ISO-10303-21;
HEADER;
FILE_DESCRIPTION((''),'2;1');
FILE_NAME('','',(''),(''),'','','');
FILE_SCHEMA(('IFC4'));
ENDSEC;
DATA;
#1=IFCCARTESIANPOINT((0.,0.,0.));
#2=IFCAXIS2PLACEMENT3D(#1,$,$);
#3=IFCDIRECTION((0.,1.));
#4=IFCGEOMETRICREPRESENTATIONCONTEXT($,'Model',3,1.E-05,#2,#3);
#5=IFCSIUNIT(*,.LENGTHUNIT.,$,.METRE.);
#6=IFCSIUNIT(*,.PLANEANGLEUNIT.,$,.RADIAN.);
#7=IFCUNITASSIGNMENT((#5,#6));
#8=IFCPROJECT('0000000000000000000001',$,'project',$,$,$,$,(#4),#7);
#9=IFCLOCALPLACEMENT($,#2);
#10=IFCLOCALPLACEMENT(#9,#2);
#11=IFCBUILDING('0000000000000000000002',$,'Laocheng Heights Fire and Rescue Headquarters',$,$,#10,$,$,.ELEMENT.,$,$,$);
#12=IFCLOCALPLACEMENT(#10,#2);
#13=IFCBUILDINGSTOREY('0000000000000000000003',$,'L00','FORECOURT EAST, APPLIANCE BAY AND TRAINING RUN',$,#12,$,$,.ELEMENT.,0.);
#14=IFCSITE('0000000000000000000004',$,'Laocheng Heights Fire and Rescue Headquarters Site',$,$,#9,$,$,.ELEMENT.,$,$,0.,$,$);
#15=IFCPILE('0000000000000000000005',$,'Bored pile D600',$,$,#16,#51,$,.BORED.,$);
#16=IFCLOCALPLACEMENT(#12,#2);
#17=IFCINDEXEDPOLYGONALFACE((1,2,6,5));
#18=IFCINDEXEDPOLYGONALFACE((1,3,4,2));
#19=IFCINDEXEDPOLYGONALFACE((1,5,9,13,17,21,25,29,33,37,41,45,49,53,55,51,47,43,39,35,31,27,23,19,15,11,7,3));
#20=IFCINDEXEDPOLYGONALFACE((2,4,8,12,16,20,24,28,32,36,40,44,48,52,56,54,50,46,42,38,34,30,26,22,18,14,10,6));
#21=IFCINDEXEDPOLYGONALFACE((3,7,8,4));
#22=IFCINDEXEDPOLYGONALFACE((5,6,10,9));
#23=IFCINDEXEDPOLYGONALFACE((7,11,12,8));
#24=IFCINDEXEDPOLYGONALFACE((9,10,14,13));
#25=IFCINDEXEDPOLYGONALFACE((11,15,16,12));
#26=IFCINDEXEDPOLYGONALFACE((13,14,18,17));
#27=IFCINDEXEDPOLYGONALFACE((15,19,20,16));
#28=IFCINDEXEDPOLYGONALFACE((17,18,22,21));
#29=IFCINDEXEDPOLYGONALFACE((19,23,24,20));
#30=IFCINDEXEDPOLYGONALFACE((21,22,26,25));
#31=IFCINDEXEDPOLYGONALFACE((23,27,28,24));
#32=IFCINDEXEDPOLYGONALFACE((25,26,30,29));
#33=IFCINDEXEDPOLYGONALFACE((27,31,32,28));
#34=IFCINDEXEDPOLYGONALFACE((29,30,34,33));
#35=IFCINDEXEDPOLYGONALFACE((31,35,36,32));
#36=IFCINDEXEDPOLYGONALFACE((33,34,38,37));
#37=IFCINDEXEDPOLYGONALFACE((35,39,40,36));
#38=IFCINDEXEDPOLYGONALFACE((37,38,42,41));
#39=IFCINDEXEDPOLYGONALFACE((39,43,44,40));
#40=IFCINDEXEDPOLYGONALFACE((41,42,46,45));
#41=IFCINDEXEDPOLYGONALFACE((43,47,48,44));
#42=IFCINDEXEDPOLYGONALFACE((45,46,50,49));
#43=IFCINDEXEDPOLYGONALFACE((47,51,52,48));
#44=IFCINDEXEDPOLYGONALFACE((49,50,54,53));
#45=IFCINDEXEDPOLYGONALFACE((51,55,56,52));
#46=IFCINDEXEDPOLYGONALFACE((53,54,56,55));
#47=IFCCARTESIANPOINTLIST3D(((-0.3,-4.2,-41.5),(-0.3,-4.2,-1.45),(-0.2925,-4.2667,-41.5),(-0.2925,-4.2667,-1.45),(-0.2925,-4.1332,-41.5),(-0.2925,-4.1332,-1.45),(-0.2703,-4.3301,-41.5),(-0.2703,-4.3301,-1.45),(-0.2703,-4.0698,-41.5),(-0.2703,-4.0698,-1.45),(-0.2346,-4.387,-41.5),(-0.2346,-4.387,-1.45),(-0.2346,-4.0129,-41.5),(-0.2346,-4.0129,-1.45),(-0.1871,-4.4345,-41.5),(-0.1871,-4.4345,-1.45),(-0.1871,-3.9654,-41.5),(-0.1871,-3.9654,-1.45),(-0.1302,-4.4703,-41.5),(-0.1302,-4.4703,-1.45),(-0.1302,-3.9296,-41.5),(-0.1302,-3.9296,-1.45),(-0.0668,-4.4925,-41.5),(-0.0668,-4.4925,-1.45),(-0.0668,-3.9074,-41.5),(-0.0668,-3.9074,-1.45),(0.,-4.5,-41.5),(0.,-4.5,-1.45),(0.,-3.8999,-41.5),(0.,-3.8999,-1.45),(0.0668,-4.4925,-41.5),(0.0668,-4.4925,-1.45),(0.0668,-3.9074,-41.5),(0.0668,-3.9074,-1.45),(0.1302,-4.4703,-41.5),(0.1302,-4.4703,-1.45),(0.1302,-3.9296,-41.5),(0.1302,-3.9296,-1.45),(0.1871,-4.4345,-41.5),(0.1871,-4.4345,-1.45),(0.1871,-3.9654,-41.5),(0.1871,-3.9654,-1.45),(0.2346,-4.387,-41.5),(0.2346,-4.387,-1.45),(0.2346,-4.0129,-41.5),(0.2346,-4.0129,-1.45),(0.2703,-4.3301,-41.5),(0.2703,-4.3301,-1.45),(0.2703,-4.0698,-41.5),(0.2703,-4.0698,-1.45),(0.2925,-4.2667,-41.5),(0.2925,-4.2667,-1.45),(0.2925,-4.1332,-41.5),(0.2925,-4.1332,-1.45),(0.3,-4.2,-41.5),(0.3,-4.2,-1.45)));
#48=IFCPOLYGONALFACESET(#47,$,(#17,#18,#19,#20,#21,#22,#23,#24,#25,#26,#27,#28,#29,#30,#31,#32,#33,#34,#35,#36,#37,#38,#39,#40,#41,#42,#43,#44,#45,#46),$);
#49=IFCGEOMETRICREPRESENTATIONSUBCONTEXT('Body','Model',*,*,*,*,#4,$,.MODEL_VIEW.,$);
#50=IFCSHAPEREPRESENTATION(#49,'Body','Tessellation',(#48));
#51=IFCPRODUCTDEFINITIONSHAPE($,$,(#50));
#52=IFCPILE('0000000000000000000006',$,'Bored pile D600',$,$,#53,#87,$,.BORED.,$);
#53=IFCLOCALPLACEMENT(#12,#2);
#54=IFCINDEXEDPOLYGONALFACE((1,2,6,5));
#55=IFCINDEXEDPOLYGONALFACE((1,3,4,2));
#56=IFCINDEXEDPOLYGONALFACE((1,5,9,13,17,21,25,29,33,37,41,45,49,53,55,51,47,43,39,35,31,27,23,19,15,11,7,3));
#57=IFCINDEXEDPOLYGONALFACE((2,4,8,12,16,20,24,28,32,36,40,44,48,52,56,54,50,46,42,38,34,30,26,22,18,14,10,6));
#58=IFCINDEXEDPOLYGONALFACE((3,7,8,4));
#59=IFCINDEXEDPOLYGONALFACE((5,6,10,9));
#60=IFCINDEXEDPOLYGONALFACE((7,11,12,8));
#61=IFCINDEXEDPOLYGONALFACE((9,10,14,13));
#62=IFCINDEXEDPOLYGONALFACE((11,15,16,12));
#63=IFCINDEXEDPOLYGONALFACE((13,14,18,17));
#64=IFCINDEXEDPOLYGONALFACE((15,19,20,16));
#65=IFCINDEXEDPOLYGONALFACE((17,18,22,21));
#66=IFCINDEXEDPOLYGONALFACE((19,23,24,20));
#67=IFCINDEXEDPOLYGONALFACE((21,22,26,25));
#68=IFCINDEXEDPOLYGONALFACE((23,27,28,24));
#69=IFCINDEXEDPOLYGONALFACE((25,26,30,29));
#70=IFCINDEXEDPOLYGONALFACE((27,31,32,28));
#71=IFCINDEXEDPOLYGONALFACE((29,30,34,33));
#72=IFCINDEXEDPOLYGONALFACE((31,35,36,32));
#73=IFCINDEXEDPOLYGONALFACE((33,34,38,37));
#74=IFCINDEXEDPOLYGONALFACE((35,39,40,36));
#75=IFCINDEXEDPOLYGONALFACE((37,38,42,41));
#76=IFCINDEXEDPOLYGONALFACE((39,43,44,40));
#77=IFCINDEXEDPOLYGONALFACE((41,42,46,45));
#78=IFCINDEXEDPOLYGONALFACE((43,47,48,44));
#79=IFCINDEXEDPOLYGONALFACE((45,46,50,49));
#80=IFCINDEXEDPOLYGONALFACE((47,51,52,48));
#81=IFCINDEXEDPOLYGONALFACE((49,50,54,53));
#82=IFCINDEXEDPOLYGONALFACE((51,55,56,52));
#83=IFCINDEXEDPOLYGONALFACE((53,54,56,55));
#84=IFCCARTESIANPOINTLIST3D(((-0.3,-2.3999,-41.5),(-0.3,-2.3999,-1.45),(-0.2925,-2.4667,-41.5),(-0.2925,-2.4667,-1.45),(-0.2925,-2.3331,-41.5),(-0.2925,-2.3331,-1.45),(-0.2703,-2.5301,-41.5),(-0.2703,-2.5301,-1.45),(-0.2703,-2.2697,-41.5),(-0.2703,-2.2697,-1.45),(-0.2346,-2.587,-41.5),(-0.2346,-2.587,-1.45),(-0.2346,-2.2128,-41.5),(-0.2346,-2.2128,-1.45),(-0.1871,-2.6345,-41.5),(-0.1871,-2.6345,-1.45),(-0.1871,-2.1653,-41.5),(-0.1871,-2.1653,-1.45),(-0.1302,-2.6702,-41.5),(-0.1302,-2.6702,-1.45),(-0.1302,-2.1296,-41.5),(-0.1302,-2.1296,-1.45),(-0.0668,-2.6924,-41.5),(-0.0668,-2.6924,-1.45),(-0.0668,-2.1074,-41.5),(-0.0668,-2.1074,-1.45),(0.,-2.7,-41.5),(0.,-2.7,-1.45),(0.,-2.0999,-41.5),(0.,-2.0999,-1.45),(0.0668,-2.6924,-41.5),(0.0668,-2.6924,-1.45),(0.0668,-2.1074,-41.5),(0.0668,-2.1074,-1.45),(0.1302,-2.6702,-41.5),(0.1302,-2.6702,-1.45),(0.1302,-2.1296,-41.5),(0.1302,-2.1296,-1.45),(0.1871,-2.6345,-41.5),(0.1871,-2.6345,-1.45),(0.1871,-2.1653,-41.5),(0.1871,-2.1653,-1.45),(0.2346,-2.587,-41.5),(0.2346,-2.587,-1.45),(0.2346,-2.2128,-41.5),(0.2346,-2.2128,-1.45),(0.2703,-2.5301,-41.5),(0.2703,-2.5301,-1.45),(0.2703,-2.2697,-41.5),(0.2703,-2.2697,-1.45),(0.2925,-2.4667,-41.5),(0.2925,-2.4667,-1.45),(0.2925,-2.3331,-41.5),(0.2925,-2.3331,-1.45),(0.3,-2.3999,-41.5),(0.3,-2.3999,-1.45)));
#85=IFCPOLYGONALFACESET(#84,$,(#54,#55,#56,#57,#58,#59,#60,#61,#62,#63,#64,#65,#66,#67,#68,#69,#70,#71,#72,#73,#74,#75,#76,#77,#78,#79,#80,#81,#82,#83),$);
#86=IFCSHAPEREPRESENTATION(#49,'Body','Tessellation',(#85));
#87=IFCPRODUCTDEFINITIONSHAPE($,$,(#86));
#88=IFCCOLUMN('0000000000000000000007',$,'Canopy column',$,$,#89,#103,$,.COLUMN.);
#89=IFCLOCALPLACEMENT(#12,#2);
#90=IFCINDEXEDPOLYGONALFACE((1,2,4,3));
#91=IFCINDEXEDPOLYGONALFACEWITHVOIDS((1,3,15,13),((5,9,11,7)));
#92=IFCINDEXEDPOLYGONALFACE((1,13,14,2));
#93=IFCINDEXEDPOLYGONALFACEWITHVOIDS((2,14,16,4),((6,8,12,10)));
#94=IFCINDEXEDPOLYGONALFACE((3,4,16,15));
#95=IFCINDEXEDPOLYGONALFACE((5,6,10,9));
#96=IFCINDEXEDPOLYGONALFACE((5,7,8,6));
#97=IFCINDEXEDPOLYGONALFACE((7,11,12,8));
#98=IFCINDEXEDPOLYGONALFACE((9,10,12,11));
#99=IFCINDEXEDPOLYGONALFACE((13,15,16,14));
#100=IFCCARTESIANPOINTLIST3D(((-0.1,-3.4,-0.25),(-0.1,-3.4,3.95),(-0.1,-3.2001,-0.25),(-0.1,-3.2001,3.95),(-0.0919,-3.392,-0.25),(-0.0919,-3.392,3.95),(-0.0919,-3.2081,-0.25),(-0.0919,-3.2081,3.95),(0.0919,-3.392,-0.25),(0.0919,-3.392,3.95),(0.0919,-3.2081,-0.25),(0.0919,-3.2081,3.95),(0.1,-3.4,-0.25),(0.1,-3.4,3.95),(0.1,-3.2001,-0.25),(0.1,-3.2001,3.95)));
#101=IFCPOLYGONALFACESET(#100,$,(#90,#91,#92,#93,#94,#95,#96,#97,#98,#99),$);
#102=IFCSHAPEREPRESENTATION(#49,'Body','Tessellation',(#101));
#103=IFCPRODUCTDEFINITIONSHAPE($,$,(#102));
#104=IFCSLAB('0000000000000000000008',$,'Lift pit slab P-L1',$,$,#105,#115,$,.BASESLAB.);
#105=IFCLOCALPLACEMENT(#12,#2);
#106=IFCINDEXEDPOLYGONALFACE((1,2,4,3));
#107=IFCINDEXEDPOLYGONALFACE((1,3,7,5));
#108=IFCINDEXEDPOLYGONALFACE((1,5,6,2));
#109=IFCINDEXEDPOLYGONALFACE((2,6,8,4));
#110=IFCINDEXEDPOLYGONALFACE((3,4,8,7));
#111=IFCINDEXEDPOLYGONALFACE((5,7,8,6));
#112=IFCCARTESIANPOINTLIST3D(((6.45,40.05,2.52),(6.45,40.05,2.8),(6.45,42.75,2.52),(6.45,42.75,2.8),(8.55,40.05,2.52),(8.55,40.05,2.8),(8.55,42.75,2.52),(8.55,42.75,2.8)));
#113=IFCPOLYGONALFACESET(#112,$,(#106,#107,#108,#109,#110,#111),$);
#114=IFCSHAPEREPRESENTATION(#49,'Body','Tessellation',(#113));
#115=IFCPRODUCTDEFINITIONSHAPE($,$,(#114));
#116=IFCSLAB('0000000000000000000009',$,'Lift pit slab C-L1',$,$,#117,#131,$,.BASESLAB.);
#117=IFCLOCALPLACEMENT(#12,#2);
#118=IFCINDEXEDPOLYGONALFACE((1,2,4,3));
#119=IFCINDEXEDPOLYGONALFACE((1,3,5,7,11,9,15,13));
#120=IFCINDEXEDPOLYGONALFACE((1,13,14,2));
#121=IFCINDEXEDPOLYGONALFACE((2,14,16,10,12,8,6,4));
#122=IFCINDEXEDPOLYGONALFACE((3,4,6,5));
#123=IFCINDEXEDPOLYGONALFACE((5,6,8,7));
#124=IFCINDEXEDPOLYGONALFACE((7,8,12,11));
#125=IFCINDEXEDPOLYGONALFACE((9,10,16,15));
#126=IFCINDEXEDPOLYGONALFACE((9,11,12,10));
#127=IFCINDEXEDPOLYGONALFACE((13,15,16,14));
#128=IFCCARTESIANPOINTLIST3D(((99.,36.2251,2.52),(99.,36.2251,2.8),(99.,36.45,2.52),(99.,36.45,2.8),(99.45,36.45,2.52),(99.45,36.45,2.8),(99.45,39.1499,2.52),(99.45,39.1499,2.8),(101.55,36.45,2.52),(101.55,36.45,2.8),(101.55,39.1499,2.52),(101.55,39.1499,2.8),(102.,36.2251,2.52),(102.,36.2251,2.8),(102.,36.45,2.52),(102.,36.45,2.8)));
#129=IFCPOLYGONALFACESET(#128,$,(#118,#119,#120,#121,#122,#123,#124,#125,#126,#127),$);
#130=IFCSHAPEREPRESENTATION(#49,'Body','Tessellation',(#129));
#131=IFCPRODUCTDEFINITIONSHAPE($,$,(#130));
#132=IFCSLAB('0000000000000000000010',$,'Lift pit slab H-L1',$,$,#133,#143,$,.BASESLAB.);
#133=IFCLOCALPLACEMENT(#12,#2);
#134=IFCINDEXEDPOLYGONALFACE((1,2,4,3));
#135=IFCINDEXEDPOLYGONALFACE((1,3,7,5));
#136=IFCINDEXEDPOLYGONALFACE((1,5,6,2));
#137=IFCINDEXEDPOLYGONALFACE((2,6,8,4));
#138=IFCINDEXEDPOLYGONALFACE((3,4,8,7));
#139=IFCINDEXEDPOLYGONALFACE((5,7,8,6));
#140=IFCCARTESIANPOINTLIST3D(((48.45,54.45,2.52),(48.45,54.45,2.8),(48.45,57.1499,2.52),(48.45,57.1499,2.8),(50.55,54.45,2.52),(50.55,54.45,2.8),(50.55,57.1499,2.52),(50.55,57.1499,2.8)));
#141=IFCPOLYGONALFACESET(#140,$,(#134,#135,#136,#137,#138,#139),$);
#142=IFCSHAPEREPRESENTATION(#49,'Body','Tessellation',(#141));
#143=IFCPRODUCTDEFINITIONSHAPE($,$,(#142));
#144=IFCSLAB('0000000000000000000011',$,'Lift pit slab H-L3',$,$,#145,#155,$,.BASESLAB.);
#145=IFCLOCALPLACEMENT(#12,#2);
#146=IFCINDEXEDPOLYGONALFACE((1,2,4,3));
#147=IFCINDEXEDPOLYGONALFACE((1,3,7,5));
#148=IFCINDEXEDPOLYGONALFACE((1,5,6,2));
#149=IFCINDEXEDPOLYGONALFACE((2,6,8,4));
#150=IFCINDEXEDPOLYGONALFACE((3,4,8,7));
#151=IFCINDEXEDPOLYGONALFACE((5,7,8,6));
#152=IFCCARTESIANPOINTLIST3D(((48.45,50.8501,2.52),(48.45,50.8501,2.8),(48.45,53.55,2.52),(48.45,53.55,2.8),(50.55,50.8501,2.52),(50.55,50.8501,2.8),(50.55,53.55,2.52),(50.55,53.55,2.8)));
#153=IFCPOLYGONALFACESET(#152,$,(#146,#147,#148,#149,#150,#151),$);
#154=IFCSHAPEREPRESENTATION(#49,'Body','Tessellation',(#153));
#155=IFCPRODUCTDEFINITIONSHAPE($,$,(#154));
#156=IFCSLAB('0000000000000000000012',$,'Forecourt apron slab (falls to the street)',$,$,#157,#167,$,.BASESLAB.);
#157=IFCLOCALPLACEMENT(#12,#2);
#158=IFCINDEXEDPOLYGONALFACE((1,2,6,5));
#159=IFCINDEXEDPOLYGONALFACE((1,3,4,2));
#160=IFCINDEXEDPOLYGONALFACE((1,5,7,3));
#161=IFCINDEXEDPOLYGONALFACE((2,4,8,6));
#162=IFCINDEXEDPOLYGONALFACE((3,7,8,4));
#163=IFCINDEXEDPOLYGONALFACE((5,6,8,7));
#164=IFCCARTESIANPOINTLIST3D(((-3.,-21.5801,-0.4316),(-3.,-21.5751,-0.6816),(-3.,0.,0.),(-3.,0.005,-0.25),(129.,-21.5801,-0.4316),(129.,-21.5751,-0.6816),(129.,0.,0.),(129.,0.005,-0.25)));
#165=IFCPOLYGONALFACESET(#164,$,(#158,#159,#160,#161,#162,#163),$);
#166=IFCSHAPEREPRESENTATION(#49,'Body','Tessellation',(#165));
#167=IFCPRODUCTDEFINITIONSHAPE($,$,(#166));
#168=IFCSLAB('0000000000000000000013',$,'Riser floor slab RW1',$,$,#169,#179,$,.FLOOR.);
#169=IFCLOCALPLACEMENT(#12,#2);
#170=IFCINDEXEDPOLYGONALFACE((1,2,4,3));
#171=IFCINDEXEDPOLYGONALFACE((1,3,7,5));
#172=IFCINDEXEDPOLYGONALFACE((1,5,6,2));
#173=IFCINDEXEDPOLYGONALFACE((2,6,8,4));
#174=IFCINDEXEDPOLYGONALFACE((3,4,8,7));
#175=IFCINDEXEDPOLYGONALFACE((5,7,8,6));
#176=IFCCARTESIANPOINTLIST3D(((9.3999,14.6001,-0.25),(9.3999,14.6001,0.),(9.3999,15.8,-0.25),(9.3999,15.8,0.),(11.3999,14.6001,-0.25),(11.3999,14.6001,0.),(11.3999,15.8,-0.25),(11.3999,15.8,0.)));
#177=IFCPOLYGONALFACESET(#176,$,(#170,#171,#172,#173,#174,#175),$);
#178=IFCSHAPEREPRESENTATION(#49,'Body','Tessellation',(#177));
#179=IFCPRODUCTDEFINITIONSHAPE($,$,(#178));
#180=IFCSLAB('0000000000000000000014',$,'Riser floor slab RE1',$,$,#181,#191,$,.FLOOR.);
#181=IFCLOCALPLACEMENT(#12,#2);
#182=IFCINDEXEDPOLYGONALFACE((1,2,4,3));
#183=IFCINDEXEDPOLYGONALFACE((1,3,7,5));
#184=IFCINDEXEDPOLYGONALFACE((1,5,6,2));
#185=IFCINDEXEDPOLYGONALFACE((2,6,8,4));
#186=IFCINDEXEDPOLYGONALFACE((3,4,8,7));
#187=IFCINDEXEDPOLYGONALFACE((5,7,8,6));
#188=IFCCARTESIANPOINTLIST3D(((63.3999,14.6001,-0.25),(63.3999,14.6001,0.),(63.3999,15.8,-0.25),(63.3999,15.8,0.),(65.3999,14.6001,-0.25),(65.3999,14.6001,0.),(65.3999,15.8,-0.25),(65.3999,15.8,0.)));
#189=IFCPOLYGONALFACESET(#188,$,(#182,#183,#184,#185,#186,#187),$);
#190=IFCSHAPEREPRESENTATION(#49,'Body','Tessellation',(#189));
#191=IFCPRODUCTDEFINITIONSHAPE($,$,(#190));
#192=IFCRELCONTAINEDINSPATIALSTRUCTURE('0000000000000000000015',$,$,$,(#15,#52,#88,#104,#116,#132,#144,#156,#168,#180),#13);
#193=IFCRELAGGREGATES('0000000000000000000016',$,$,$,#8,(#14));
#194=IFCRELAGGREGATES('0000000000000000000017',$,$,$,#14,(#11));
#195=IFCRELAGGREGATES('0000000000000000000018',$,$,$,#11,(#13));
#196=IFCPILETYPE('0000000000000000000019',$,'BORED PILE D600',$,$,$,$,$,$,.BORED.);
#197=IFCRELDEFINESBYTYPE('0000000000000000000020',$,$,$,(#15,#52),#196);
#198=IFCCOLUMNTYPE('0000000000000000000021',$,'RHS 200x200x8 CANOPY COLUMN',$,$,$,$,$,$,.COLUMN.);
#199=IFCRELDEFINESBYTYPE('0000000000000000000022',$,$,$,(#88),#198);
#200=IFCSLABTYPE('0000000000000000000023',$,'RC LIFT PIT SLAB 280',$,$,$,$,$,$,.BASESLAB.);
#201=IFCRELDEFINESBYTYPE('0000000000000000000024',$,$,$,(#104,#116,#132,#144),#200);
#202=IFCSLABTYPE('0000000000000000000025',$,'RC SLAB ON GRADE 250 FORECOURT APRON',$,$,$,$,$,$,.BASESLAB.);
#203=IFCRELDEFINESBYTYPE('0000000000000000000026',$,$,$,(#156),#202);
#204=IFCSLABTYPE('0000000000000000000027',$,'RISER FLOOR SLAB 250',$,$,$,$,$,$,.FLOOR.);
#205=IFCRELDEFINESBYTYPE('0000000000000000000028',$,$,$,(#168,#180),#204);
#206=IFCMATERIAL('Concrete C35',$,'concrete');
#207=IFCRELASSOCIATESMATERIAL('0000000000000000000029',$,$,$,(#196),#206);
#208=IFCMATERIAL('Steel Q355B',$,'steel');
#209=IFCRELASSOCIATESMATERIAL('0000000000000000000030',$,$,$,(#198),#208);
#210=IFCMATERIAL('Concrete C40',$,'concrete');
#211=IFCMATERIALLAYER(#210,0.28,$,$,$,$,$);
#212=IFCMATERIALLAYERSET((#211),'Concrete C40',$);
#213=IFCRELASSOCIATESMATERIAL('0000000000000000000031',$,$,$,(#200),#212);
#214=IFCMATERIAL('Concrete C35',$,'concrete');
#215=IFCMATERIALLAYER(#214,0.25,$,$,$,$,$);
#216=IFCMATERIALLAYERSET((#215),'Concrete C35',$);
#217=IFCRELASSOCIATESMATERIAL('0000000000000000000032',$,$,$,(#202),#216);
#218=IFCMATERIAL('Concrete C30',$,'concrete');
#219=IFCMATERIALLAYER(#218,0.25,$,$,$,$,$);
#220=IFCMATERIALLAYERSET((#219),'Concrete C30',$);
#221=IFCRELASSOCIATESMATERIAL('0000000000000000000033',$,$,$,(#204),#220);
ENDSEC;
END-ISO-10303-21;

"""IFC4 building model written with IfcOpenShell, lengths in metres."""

from ifc_helpers import new_model, si_unit, direction, frame, origin, origin_2d, place, context, subcontext, project, spatial, polyline, hollow_rectangle, circle, outline, extrude, material, layer, layer_set, material_profile, profile_set, type_object, element, save


model = new_model("IFC4")

# Units and contexts
model_context = context("Model", 3, precision=1e-05, world=origin(), true_north=direction((0.0, 1.0)))
body_context = subcontext(model_context, "Body", "Model", "MODEL_VIEW")
ifc_project = project(units=[si_unit("LENGTHUNIT", "METRE"), si_unit("PLANEANGLEUNIT", "RADIAN")], contexts=[model_context])

# Site, building, storey
site_placement = place(None, origin())
site = spatial("IfcSite", under=ifc_project, at=site_placement, Name="Laocheng Heights Fire and Rescue Headquarters Site", CompositionType="ELEMENT", RefElevation=0.0)
building_placement = place(site_placement, origin())
building = spatial("IfcBuilding", under=site, at=building_placement, Name="Laocheng Heights Fire and Rescue Headquarters", CompositionType="ELEMENT")
storey_placement = place(building_placement, origin())
storey = spatial("IfcBuildingStorey", under=building, at=storey_placement, Name="L00", Description="FORECOURT EAST, APPLIANCE BAY AND TRAINING RUN", CompositionType="ELEMENT", Elevation=0.0)

# Piles
ifc_material_1 = material(Name="Concrete C35", Category="concrete")
ifc_material_profile_1 = material_profile(ifc_material_1, circle(Radius=0.3, at=origin_2d()), Name="BORED PILE D600")
ifc_profile_set_1 = profile_set([ifc_material_profile_1], Name="Concrete C35")
pile_type = type_object("IfcPileType", Name="BORED PILE D600", PredefinedType="BORED", material=ifc_profile_set_1)
for number, where, z_axis, x_axis, name in (
    (1, (0.0, -4.2, -1.45), (0.0, 0.0, -1.0), (1.0, 0.0, 0.0), "Bored pile D600"),
    (2, (0.0, -2.3999, -1.45), (0.0, 0.0, -1.0), (1.0, 0.0, 0.0), "Bored pile D600"),
):
    element("IfcPile", number, at=place(storey_placement, frame(where, z_axis=z_axis, x_axis=x_axis)), inside=storey, type_object=pile_type, Name=name, PredefinedType="BORED", context=body_context, shape_type="SweptSolid", body=[
        extrude(circle(Radius=0.3, at=origin_2d()), origin(), (0.0, 0.0, 1.0), 40.05),
    ])

# Column
ifc_material_2 = material(Name="Steel Q355B", Category="steel")
ifc_material_profile_2 = material_profile(ifc_material_2, hollow_rectangle(XDim=0.2, YDim=0.2, WallThickness=0.0081, at=origin_2d()), Name="RHS 200x200x8")
ifc_profile_set_2 = profile_set([ifc_material_profile_2], Name="Steel Q355B")
column_type = type_object("IfcColumnType", Name="RHS 200x200x8 CANOPY COLUMN", PredefinedType="COLUMN", material=ifc_profile_set_2)
column_placement = place(storey_placement, frame((0.0, -3.3, -0.25), z_axis=(0.0, 0.0, 1.0), x_axis=(1.0, 0.0, 0.0)))
element("IfcColumn", 3, at=column_placement, inside=storey, type_object=column_type, Name="Canopy column", PredefinedType="COLUMN", context=body_context, shape_type="SweptSolid", body=[
    extrude(hollow_rectangle(XDim=0.2, YDim=0.2, WallThickness=0.0081, at=origin_2d()), origin(), (0.0, 0.0, 1.0), 4.2),
])

# Slabs
ifc_material_3 = material(Name="Concrete C40", Category="concrete")
ifc_layer_1 = layer(ifc_material_3, 0.28)
ifc_layer_set_1 = layer_set([ifc_layer_1], Name="Concrete C40")
slab_type_1 = type_object("IfcSlabType", Name="RC LIFT PIT SLAB 280", PredefinedType="BASESLAB", material=ifc_layer_set_1)
slab_1_placement = place(storey_placement, frame((0.0, 0.0, 2.52)))
element("IfcSlab", 4, at=slab_1_placement, inside=storey, type_object=slab_type_1, Name="Lift pit slab P-L1", PredefinedType="BASESLAB", context=body_context, shape_type="SweptSolid", body=[
    extrude(outline(polyline([(6.45, 42.75), (6.45, 40.05), (8.55, 40.05), (8.55, 42.75), (6.45, 42.75)])), origin(), (0.0, 0.0, 1.0), 0.28),
])
slab_2_placement = place(storey_placement, frame((0.0, 0.0, 2.52)))
element("IfcSlab", 5, at=slab_2_placement, inside=storey, type_object=slab_type_1, Name="Lift pit slab C-L1", PredefinedType="BASESLAB", context=body_context, shape_type="SweptSolid", body=[
    extrude(outline(polyline([(102.0, 36.2251), (102.0, 36.45), (101.55, 36.45), (101.55, 39.1499), (99.45, 39.1499), (99.45, 36.45), (99.0, 36.45), (99.0, 36.2251), (102.0, 36.2251)])), origin(), (0.0, 0.0, 1.0), 0.28),
])
slab_3_placement = place(storey_placement, frame((0.0, 0.0, 2.52)))
element("IfcSlab", 6, at=slab_3_placement, inside=storey, type_object=slab_type_1, Name="Lift pit slab H-L1", PredefinedType="BASESLAB", context=body_context, shape_type="SweptSolid", body=[
    extrude(outline(polyline([(48.45, 57.1499), (48.45, 54.45), (50.55, 54.45), (50.55, 57.1499), (48.45, 57.1499)])), origin(), (0.0, 0.0, 1.0), 0.28),
])
slab_4_placement = place(storey_placement, frame((0.0, 0.0, 2.52)))
element("IfcSlab", 7, at=slab_4_placement, inside=storey, type_object=slab_type_1, Name="Lift pit slab H-L3", PredefinedType="BASESLAB", context=body_context, shape_type="SweptSolid", body=[
    extrude(outline(polyline([(48.45, 53.55), (48.45, 50.8501), (50.55, 50.8501), (50.55, 53.55), (48.45, 53.55)])), origin(), (0.0, 0.0, 1.0), 0.28),
])
ifc_material_4 = material(Name="Concrete C35", Category="concrete")
ifc_layer_2 = layer(ifc_material_4, 0.25)
ifc_layer_set_2 = layer_set([ifc_layer_2], Name="Concrete C35")
slab_type_2 = type_object("IfcSlabType", Name="RC SLAB ON GRADE 250 FORECOURT APRON", PredefinedType="BASESLAB", material=ifc_layer_set_2)
slab_5_placement = place(storey_placement, frame((-3.0, -21.5801, -0.4316), z_axis=(0.0, -0.019998, 0.9998), x_axis=(1.0, 0.0, 0.0)))
element("IfcSlab", 8, at=slab_5_placement, inside=storey, type_object=slab_type_2, Name="Forecourt apron slab (falls to the street)", PredefinedType="BASESLAB", context=body_context, shape_type="SweptSolid", body=[
    extrude(outline(polyline([(0.0, 0.0), (132.0, 0.0), (132.0, 21.5844), (0.0, 21.5844), (0.0, 0.0)])), origin(), (0.0, 0.0, -1.0), 0.25),
])
ifc_material_5 = material(Name="Concrete C30", Category="concrete")
ifc_layer_3 = layer(ifc_material_5, 0.25)
ifc_layer_set_3 = layer_set([ifc_layer_3], Name="Concrete C30")
slab_type_3 = type_object("IfcSlabType", Name="RISER FLOOR SLAB 250", PredefinedType="FLOOR", material=ifc_layer_set_3)
slab_6_placement = place(storey_placement, frame((0.0, 0.0, -0.25)))
element("IfcSlab", 9, at=slab_6_placement, inside=storey, type_object=slab_type_3, Name="Riser floor slab RW1", PredefinedType="FLOOR", context=body_context, shape_type="SweptSolid", body=[
    extrude(outline(polyline([(11.3999, 14.6001), (11.3999, 15.8), (9.3999, 15.8), (9.3999, 14.6001), (11.3999, 14.6001)])), origin(), (0.0, 0.0, 1.0), 0.25),
])
slab_7_placement = place(storey_placement, frame((0.0, 0.0, -0.25)))
element("IfcSlab", 10, at=slab_7_placement, inside=storey, type_object=slab_type_3, Name="Riser floor slab RE1", PredefinedType="FLOOR", context=body_context, shape_type="SweptSolid", body=[
    extrude(outline(polyline([(65.3999, 14.6001), (65.3999, 15.8), (63.3999, 15.8), (63.3999, 14.6001), (65.3999, 14.6001)])), origin(), (0.0, 0.0, 1.0), 0.25),
])

save(model, "model.ifc")
